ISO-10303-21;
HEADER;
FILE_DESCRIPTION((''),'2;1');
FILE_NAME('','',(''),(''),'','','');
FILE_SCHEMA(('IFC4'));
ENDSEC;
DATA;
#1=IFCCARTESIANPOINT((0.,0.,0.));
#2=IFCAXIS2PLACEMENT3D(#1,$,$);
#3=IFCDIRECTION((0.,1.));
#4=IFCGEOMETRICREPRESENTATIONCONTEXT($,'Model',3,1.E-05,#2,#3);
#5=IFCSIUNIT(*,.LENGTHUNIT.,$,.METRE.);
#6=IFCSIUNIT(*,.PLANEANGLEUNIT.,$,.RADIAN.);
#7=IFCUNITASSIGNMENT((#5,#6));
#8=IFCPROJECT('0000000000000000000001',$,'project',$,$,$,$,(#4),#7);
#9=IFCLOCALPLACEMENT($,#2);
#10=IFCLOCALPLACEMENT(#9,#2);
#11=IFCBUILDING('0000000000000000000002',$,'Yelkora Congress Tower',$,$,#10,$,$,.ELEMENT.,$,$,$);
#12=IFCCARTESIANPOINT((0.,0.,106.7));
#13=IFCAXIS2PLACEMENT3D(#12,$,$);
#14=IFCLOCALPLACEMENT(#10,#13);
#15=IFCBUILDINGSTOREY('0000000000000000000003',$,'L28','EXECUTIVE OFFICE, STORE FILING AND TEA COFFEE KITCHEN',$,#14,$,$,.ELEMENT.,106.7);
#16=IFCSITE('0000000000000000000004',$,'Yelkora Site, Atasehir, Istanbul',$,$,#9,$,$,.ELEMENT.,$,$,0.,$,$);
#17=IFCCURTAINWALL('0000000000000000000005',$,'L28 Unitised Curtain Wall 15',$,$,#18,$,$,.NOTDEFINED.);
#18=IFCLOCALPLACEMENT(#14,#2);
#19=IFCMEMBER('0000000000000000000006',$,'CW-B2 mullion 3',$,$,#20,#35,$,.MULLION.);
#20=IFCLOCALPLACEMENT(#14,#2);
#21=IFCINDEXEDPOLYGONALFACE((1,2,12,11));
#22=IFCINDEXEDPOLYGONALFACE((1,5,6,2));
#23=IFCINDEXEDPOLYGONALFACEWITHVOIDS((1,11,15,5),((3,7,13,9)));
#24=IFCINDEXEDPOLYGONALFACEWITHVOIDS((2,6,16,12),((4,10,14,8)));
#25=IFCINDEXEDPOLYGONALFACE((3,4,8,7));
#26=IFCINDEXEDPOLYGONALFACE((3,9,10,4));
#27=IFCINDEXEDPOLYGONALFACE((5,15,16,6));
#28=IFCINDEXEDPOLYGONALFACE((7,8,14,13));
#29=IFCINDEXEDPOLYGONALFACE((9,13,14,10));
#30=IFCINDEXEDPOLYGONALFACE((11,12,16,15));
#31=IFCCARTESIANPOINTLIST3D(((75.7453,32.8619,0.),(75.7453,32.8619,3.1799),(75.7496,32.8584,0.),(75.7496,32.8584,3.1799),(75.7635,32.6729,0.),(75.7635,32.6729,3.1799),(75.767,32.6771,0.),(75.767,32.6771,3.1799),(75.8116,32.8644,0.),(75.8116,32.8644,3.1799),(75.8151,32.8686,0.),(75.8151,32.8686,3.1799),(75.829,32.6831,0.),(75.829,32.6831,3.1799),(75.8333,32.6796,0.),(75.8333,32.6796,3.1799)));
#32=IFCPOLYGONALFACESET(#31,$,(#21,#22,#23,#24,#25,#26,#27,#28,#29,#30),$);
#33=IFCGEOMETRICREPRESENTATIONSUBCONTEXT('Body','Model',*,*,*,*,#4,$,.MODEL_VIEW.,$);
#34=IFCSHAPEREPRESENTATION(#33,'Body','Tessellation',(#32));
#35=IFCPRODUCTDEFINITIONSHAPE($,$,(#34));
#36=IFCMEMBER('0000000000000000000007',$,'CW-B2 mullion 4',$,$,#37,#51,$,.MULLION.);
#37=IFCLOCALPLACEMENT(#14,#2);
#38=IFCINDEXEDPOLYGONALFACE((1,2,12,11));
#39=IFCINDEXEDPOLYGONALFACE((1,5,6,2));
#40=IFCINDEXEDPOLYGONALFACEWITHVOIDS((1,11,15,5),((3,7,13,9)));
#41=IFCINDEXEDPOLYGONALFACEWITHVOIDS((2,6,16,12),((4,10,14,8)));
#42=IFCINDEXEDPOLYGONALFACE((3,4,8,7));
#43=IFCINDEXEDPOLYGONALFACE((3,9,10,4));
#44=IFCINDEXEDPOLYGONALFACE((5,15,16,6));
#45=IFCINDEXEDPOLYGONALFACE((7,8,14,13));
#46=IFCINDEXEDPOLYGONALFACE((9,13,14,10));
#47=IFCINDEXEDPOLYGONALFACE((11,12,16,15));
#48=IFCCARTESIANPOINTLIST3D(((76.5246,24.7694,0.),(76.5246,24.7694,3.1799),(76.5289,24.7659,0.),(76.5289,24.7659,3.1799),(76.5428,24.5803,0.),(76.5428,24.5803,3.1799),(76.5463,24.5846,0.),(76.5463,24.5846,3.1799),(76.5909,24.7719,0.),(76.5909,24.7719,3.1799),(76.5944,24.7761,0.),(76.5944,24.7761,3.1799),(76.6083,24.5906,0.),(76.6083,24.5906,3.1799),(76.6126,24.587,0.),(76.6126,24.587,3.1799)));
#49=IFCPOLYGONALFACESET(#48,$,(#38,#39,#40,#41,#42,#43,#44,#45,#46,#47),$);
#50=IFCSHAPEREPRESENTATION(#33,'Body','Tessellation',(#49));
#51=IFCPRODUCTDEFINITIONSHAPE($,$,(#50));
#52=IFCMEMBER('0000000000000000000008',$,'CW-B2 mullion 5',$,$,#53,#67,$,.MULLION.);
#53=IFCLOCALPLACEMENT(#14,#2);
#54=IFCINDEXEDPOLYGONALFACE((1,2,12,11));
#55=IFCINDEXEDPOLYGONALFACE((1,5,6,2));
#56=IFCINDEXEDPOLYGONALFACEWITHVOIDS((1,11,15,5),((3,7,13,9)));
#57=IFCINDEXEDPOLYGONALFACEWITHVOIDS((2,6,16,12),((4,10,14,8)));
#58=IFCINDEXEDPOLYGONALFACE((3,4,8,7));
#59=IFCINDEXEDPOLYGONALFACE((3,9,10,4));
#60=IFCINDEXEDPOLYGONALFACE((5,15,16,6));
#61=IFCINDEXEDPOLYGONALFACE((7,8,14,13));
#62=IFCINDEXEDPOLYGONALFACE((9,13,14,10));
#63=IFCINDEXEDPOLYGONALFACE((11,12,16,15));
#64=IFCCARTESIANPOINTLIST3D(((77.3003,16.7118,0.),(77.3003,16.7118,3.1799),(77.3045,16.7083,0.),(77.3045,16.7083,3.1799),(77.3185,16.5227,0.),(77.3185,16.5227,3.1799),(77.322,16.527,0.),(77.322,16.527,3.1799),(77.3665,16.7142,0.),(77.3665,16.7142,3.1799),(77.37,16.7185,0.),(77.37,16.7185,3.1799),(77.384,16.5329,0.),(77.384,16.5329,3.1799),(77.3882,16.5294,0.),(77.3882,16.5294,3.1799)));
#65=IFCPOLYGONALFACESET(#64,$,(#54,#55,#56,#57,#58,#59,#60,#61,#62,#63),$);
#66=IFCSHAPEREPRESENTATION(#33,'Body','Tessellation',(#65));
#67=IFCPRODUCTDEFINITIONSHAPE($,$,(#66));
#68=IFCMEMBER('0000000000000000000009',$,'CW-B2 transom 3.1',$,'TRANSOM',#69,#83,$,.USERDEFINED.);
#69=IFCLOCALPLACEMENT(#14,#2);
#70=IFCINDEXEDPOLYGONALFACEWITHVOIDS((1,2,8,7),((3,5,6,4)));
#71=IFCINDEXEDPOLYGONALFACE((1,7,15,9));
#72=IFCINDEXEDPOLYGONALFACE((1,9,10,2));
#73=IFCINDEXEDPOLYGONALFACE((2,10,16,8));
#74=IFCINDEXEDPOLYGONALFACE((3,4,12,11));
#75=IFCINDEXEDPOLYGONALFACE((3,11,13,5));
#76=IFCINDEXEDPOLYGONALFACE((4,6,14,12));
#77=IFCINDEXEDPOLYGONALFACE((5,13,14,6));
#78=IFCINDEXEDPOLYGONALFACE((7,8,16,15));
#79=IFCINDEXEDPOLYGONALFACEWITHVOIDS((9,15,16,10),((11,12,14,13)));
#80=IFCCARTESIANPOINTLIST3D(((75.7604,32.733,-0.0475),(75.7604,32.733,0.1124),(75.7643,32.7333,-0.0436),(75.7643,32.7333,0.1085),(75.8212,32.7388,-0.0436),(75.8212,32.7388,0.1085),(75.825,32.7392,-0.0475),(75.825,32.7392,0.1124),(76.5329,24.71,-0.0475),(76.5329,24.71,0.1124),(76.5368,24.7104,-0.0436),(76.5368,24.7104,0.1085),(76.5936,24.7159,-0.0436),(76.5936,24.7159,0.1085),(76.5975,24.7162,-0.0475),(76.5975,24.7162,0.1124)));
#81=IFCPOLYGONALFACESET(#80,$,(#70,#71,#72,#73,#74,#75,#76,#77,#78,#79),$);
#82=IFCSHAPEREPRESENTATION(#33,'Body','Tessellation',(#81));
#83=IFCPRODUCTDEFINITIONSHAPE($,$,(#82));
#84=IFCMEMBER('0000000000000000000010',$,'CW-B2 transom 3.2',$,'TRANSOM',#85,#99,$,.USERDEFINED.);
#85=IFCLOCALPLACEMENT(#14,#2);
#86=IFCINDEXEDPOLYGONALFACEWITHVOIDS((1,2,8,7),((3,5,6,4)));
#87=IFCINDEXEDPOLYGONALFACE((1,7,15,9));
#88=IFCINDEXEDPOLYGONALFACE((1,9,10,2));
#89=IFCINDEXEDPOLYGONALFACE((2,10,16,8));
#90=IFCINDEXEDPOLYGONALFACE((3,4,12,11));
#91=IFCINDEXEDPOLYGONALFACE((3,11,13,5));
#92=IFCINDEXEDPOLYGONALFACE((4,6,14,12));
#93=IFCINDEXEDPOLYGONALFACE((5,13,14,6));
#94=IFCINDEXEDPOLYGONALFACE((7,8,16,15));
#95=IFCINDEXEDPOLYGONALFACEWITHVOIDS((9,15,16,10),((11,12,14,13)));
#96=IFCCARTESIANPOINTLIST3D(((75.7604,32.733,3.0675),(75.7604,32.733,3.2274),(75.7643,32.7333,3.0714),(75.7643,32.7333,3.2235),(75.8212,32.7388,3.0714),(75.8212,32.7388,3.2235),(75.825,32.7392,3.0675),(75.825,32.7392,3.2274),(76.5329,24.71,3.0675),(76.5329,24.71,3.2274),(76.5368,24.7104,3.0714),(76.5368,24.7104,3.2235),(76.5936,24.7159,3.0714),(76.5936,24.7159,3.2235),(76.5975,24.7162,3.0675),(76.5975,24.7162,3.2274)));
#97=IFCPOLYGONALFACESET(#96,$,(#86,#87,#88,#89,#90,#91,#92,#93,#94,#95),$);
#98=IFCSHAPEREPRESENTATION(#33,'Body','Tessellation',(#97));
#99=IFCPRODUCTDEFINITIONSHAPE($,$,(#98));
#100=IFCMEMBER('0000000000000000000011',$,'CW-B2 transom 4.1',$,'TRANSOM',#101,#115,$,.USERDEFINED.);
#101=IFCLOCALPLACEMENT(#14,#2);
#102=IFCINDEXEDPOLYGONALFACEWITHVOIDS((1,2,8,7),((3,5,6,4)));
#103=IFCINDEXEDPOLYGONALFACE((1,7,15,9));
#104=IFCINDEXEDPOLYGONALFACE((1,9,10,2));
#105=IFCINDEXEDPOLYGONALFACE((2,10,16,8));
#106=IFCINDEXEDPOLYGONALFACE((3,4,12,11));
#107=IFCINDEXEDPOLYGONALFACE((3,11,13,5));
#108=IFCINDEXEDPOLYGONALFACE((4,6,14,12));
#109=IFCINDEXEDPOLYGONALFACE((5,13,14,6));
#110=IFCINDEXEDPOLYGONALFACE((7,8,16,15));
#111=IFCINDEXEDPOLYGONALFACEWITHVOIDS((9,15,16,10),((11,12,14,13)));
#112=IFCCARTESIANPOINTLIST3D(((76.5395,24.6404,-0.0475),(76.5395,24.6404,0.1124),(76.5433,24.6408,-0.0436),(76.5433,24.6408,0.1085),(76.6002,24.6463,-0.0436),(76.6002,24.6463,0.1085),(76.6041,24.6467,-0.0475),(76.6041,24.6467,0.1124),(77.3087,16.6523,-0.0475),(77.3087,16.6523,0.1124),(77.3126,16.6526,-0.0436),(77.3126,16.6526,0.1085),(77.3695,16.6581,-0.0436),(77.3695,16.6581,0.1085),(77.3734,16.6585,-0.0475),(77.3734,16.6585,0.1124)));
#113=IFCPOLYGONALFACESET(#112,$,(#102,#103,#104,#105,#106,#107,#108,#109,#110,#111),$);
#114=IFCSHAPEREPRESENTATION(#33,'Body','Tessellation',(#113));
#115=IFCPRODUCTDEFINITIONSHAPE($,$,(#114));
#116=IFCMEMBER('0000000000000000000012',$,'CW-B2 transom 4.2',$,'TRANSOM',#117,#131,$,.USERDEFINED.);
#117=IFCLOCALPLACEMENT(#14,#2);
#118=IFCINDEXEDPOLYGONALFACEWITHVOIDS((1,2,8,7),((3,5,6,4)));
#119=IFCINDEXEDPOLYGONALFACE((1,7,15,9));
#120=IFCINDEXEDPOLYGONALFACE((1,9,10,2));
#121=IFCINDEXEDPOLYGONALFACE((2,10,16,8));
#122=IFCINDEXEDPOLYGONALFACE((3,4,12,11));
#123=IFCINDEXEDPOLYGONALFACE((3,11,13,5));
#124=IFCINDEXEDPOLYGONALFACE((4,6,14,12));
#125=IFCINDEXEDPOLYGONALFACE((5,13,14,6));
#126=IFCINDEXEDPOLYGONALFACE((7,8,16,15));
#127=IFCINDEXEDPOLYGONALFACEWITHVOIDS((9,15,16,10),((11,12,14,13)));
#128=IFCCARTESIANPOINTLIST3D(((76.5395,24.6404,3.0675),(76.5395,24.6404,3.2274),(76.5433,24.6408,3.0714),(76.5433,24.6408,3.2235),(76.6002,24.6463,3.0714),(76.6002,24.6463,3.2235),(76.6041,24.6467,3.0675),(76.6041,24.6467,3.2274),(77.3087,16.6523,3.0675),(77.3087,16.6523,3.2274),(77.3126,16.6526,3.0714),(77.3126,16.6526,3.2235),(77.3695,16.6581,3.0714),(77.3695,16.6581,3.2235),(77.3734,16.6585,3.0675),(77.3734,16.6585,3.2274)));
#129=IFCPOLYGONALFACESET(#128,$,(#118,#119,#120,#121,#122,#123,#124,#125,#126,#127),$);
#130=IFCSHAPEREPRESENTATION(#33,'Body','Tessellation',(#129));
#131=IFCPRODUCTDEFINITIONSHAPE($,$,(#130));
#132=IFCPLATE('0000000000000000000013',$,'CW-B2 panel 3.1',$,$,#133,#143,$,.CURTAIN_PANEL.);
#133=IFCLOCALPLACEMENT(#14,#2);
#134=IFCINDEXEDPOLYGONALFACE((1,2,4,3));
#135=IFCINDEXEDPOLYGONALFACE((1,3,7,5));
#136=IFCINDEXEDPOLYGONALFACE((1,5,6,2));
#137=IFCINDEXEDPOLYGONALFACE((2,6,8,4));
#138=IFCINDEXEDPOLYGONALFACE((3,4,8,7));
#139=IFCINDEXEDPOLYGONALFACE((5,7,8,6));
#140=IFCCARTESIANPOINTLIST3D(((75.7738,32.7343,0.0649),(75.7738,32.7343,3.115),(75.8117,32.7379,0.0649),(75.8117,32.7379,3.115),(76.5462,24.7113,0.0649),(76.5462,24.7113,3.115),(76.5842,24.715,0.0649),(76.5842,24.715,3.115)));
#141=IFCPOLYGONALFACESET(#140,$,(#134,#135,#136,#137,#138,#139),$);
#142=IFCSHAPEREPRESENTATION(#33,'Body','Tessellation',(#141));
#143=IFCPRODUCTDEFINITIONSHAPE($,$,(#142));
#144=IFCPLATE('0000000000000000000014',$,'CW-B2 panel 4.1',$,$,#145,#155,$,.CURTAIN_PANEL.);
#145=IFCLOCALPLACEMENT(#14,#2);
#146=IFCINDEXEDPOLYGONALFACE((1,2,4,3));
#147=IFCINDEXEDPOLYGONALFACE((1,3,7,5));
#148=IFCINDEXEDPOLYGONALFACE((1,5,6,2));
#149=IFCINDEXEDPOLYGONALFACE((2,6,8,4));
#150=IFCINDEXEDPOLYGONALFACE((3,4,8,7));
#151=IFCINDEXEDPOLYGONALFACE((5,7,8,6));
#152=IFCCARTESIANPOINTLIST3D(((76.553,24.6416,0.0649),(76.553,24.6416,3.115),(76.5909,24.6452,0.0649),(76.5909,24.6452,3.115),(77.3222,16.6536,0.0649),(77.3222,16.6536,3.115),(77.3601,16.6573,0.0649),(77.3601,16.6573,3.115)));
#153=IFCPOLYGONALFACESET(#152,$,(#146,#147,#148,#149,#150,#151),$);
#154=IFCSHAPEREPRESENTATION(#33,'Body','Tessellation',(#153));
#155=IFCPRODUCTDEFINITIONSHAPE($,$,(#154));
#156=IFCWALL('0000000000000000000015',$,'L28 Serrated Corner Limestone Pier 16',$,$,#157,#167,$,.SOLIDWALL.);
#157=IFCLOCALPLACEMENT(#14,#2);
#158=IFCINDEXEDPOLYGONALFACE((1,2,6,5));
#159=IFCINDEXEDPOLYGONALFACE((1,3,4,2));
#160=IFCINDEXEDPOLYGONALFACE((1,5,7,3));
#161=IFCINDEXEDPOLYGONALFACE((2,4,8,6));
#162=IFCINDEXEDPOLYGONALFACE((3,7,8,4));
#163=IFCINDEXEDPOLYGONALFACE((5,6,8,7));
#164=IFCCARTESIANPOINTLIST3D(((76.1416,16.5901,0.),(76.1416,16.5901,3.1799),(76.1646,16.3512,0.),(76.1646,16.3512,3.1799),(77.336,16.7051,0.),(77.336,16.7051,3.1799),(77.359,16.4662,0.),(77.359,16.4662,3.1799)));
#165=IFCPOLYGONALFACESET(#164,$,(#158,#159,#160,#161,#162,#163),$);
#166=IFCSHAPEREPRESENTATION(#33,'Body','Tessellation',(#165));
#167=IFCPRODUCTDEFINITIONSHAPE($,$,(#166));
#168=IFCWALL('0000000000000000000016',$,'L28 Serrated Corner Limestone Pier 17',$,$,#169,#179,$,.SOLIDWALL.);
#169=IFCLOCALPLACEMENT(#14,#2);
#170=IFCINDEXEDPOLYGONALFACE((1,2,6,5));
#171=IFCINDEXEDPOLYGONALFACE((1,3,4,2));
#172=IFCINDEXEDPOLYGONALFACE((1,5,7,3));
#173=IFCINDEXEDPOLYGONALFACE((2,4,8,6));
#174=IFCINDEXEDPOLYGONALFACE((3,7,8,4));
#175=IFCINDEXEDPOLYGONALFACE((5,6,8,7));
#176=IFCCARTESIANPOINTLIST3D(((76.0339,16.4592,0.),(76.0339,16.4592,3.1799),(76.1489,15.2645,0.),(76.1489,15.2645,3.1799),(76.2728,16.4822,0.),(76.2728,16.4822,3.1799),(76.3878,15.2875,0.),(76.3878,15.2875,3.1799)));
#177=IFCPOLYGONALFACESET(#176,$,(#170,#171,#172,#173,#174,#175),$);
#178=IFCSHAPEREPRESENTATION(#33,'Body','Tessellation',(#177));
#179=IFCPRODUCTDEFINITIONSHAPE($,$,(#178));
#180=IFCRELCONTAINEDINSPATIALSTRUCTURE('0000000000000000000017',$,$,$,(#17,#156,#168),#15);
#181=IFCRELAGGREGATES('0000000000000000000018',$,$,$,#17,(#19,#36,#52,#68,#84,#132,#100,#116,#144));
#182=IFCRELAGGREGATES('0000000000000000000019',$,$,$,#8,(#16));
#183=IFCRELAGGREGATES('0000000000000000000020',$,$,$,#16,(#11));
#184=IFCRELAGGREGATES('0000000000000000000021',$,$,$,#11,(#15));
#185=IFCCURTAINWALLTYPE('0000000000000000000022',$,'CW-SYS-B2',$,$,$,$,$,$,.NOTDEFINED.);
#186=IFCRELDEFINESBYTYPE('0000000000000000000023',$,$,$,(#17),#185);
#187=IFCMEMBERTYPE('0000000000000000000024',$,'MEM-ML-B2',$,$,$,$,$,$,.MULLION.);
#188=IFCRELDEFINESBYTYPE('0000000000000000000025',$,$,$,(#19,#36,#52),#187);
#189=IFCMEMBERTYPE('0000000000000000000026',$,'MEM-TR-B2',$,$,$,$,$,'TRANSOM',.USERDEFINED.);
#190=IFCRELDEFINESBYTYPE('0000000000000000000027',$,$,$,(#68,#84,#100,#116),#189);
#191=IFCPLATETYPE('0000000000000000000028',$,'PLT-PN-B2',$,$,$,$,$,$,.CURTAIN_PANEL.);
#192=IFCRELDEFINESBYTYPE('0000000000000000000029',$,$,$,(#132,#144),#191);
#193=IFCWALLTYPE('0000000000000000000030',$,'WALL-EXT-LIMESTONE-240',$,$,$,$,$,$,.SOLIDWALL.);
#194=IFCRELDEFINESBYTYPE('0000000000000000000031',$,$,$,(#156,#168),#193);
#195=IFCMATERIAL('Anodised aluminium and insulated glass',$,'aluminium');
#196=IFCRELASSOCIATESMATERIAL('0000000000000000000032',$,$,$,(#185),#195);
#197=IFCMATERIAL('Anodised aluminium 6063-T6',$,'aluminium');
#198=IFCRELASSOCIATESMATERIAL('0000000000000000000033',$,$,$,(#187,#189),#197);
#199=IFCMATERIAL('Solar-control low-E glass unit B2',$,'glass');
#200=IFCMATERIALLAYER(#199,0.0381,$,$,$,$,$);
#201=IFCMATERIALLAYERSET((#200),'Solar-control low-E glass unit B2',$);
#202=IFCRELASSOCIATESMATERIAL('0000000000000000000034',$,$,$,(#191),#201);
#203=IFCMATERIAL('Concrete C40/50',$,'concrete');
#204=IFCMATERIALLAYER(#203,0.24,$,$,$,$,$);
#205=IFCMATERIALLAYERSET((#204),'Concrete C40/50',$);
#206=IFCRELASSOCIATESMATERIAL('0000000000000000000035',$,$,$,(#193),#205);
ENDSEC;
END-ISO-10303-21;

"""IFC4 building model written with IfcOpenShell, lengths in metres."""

from ifc_helpers import new_model, si_unit, direction, frame, frame_2d, origin, origin_2d, place, context, subcontext, project, spatial, rectangle, hollow_rectangle, extrude, material, layer, layer_set, material_profile, profile_set, type_object, element, aggregate, save


model = new_model("IFC4")

# Units and contexts
model_context = context("Model", 3, precision=1e-05, world=origin(), true_north=direction((0.0, 1.0)))
body_context = subcontext(model_context, "Body", "Model", "MODEL_VIEW")
ifc_project = project(units=[si_unit("LENGTHUNIT", "METRE"), si_unit("PLANEANGLEUNIT", "RADIAN")], contexts=[model_context])

# Site, building, storey
site_placement = place(None, origin())
site = spatial("IfcSite", under=ifc_project, at=site_placement, Name="Yelkora Site, Atasehir, Istanbul", CompositionType="ELEMENT", RefElevation=0.0)
building_placement = place(site_placement, origin())
building = spatial("IfcBuilding", under=site, at=building_placement, Name="Yelkora Congress Tower", CompositionType="ELEMENT")
storey_placement = place(building_placement, frame((0.0, 0.0, 106.7)))
storey = spatial("IfcBuildingStorey", under=building, at=storey_placement, Name="L28", Description="EXECUTIVE OFFICE, STORE FILING AND TEA COFFEE KITCHEN", CompositionType="ELEMENT", Elevation=106.7)

# Curtain wall, members, plates
ifc_material_1 = material(Name="Anodised aluminium and insulated glass", Category="aluminium")
curtain_wall_type = type_object("IfcCurtainWallType", Name="CW-SYS-B2", PredefinedType="NOTDEFINED", material=ifc_material_1)
curtain_wall_placement = place(storey_placement, origin())
curtain_wall = element("IfcCurtainWall", 1, at=curtain_wall_placement, inside=storey, type_object=curtain_wall_type, Name="L28 Unitised Curtain Wall 15", PredefinedType="NOTDEFINED")
ifc_material_2 = material(Name="Anodised aluminium 6063-T6", Category="aluminium")
ifc_material_profile_1 = material_profile(ifc_material_2, hollow_rectangle(XDim=0.0701, YDim=0.1899, WallThickness=0.0039, at=origin_2d()), Name="ALU 70x190x4")
ifc_profile_set_1 = profile_set([ifc_material_profile_1], Name="Anodised aluminium 6063-T6")
member_type_1 = type_object("IfcMemberType", Name="MEM-ML-B2", PredefinedType="MULLION", material=ifc_profile_set_1)
member_1_placement = place(storey_placement, frame((75.7893, 32.7708, 0.0), z_axis=(0.0, 0.0, 1.0), x_axis=(0.995397, 0.095843, 0.0)))
member_1 = element("IfcMember", 2, at=member_1_placement, type_object=member_type_1, Name="CW-B2 mullion 3", PredefinedType="MULLION", context=body_context, shape_type="SweptSolid", body=[
    extrude(hollow_rectangle(XDim=0.0701, YDim=0.1899, WallThickness=0.0039, at=origin_2d()), origin(), (0.0, 0.0, 1.0), 3.1799),
])
member_2_placement = place(storey_placement, frame((76.5686, 24.6782, 0.0), z_axis=(0.0, 0.0, 1.0), x_axis=(0.995397, 0.095843, 0.0)))
member_2 = element("IfcMember", 3, at=member_2_placement, type_object=member_type_1, Name="CW-B2 mullion 4", PredefinedType="MULLION", context=body_context, shape_type="SweptSolid", body=[
    extrude(hollow_rectangle(XDim=0.0701, YDim=0.1899, WallThickness=0.0039, at=origin_2d()), origin(), (0.0, 0.0, 1.0), 3.1799),
])
member_3_placement = place(storey_placement, frame((77.3442, 16.6206, 0.0), z_axis=(0.0, 0.0, 1.0), x_axis=(0.995397, 0.095843, 0.0)))
member_3 = element("IfcMember", 4, at=member_3_placement, type_object=member_type_1, Name="CW-B2 mullion 5", PredefinedType="MULLION", context=body_context, shape_type="SweptSolid", body=[
    extrude(hollow_rectangle(XDim=0.0701, YDim=0.1899, WallThickness=0.0039, at=origin_2d()), origin(), (0.0, 0.0, 1.0), 3.1799),
])
ifc_material_profile_2 = material_profile(ifc_material_2, hollow_rectangle(XDim=0.0649, YDim=0.1599, WallThickness=0.0039, at=origin_2d()), Name="ALU 65x160x4")
ifc_profile_set_2 = profile_set([ifc_material_profile_2], Name="Anodised aluminium 6063-T6")
member_type_2 = type_object("IfcMemberType", Name="MEM-TR-B2", ElementType="TRANSOM", PredefinedType="USERDEFINED", material=ifc_profile_set_2)
member_4_placement = place(storey_placement, frame((75.7927, 32.7361, 0.0325), z_axis=(0.095838, -0.995397, 0.0), x_axis=(0.995397, 0.095838, 0.0)))
member_4 = element("IfcMember", 5, at=member_4_placement, type_object=member_type_2, Name="CW-B2 transom 3.1", ObjectType="TRANSOM", PredefinedType="USERDEFINED", context=body_context, shape_type="SweptSolid", body=[
    extrude(hollow_rectangle(XDim=0.0649, YDim=0.1599, WallThickness=0.0039, at=origin_2d()), origin(), (0.0, 0.0, 1.0), 8.0601),
])
member_5_placement = place(storey_placement, frame((75.7927, 32.7361, 3.1475), z_axis=(0.095838, -0.995397, 0.0), x_axis=(0.995397, 0.095838, 0.0)))
member_5 = element("IfcMember", 6, at=member_5_placement, type_object=member_type_2, Name="CW-B2 transom 3.2", ObjectType="TRANSOM", PredefinedType="USERDEFINED", context=body_context, shape_type="SweptSolid", body=[
    extrude(hollow_rectangle(XDim=0.0649, YDim=0.1599, WallThickness=0.0039, at=origin_2d()), origin(), (0.0, 0.0, 1.0), 8.0601),
])
member_6_placement = place(storey_placement, frame((76.5718, 24.6436, 0.0325), z_axis=(0.095858, -0.995395, 0.0), x_axis=(0.995395, 0.095858, 0.0)))
member_6 = element("IfcMember", 7, at=member_6_placement, type_object=member_type_2, Name="CW-B2 transom 4.1", ObjectType="TRANSOM", PredefinedType="USERDEFINED", context=body_context, shape_type="SweptSolid", body=[
    extrude(hollow_rectangle(XDim=0.0649, YDim=0.1599, WallThickness=0.0039, at=origin_2d()), origin(), (0.0, 0.0, 1.0), 8.0251),
])
member_7_placement = place(storey_placement, frame((76.5718, 24.6436, 3.1475), z_axis=(0.095858, -0.995395, 0.0), x_axis=(0.995395, 0.095858, 0.0)))
member_7 = element("IfcMember", 8, at=member_7_placement, type_object=member_type_2, Name="CW-B2 transom 4.2", ObjectType="TRANSOM", PredefinedType="USERDEFINED", context=body_context, shape_type="SweptSolid", body=[
    extrude(hollow_rectangle(XDim=0.0649, YDim=0.1599, WallThickness=0.0039, at=origin_2d()), origin(), (0.0, 0.0, 1.0), 8.0251),
])
ifc_material_3 = material(Name="Solar-control low-E glass unit B2", Category="glass")
ifc_layer_1 = layer(ifc_material_3, 0.0381)
ifc_layer_set_1 = layer_set([ifc_layer_1], Name="Solar-control low-E glass unit B2")
plate_type = type_object("IfcPlateType", Name="PLT-PN-B2", PredefinedType="CURTAIN_PANEL", material=ifc_layer_set_1)
plate_1_placement = place(storey_placement, frame((76.179, 28.7246, 0.0649), z_axis=(0.0, 0.0, 1.0), x_axis=(0.095843, -0.995397, 0.0)))
plate_1 = element("IfcPlate", 9, at=plate_1_placement, type_object=plate_type, Name="CW-B2 panel 3.1", PredefinedType="CURTAIN_PANEL", context=body_context, shape_type="SweptSolid", body=[
    extrude(rectangle(XDim=8.0601, YDim=0.0381, at=origin_2d()), origin(), (0.0, 0.0, 1.0), 3.05),
])
plate_2_placement = place(storey_placement, frame((76.9565, 20.6494, 0.0649), z_axis=(0.0, 0.0, 1.0), x_axis=(0.095843, -0.995397, 0.0)))
plate_2 = element("IfcPlate", 10, at=plate_2_placement, type_object=plate_type, Name="CW-B2 panel 4.1", PredefinedType="CURTAIN_PANEL", context=body_context, shape_type="SweptSolid", body=[
    extrude(rectangle(XDim=8.0249, YDim=0.0381, at=origin_2d()), origin(), (0.0, 0.0, 1.0), 3.05),
])
aggregate(curtain_wall, [member_1, member_2, member_3, member_4, member_5, plate_1, member_6, member_7, plate_2])

# Walls
ifc_material_4 = material(Name="Concrete C40/50", Category="concrete")
ifc_layer_2 = layer(ifc_material_4, 0.24)
ifc_layer_set_2 = layer_set([ifc_layer_2], Name="Concrete C40/50")
wall_type_1 = type_object("IfcWallType", Name="WALL-EXT-LIMESTONE-240", PredefinedType="SOLIDWALL", material=ifc_layer_set_2)
wall_1_placement = place(storey_placement, frame((77.3477, 16.5857, 0.0), z_axis=(0.0, 0.0, 1.0), x_axis=(-0.995397, -0.095836, 0.0)))
element("IfcWall", 11, at=wall_1_placement, inside=storey, type_object=wall_type_1, Name="L28 Serrated Corner Limestone Pier 16", PredefinedType="SOLIDWALL", context=body_context, shape_type="SweptSolid", body=[
    extrude(rectangle(XDim=1.2, YDim=0.24, at=frame_2d((0.6001, 0.0))), origin(), (0.0, 0.0, 1.0), 3.1799),
])
wall_2_placement = place(storey_placement, frame((76.1533, 16.4707, 0.0), z_axis=(0.0, 0.0, 1.0), x_axis=(0.095817, -0.995399, 0.0)))
element("IfcWall", 12, at=wall_2_placement, inside=storey, type_object=wall_type_1, Name="L28 Serrated Corner Limestone Pier 17", PredefinedType="SOLIDWALL", context=body_context, shape_type="SweptSolid", body=[
    extrude(rectangle(XDim=1.2002, YDim=0.24, at=frame_2d((0.6001, 0.0))), origin(), (0.0, 0.0, 1.0), 3.1799),
])

save(model, "model.ifc")
